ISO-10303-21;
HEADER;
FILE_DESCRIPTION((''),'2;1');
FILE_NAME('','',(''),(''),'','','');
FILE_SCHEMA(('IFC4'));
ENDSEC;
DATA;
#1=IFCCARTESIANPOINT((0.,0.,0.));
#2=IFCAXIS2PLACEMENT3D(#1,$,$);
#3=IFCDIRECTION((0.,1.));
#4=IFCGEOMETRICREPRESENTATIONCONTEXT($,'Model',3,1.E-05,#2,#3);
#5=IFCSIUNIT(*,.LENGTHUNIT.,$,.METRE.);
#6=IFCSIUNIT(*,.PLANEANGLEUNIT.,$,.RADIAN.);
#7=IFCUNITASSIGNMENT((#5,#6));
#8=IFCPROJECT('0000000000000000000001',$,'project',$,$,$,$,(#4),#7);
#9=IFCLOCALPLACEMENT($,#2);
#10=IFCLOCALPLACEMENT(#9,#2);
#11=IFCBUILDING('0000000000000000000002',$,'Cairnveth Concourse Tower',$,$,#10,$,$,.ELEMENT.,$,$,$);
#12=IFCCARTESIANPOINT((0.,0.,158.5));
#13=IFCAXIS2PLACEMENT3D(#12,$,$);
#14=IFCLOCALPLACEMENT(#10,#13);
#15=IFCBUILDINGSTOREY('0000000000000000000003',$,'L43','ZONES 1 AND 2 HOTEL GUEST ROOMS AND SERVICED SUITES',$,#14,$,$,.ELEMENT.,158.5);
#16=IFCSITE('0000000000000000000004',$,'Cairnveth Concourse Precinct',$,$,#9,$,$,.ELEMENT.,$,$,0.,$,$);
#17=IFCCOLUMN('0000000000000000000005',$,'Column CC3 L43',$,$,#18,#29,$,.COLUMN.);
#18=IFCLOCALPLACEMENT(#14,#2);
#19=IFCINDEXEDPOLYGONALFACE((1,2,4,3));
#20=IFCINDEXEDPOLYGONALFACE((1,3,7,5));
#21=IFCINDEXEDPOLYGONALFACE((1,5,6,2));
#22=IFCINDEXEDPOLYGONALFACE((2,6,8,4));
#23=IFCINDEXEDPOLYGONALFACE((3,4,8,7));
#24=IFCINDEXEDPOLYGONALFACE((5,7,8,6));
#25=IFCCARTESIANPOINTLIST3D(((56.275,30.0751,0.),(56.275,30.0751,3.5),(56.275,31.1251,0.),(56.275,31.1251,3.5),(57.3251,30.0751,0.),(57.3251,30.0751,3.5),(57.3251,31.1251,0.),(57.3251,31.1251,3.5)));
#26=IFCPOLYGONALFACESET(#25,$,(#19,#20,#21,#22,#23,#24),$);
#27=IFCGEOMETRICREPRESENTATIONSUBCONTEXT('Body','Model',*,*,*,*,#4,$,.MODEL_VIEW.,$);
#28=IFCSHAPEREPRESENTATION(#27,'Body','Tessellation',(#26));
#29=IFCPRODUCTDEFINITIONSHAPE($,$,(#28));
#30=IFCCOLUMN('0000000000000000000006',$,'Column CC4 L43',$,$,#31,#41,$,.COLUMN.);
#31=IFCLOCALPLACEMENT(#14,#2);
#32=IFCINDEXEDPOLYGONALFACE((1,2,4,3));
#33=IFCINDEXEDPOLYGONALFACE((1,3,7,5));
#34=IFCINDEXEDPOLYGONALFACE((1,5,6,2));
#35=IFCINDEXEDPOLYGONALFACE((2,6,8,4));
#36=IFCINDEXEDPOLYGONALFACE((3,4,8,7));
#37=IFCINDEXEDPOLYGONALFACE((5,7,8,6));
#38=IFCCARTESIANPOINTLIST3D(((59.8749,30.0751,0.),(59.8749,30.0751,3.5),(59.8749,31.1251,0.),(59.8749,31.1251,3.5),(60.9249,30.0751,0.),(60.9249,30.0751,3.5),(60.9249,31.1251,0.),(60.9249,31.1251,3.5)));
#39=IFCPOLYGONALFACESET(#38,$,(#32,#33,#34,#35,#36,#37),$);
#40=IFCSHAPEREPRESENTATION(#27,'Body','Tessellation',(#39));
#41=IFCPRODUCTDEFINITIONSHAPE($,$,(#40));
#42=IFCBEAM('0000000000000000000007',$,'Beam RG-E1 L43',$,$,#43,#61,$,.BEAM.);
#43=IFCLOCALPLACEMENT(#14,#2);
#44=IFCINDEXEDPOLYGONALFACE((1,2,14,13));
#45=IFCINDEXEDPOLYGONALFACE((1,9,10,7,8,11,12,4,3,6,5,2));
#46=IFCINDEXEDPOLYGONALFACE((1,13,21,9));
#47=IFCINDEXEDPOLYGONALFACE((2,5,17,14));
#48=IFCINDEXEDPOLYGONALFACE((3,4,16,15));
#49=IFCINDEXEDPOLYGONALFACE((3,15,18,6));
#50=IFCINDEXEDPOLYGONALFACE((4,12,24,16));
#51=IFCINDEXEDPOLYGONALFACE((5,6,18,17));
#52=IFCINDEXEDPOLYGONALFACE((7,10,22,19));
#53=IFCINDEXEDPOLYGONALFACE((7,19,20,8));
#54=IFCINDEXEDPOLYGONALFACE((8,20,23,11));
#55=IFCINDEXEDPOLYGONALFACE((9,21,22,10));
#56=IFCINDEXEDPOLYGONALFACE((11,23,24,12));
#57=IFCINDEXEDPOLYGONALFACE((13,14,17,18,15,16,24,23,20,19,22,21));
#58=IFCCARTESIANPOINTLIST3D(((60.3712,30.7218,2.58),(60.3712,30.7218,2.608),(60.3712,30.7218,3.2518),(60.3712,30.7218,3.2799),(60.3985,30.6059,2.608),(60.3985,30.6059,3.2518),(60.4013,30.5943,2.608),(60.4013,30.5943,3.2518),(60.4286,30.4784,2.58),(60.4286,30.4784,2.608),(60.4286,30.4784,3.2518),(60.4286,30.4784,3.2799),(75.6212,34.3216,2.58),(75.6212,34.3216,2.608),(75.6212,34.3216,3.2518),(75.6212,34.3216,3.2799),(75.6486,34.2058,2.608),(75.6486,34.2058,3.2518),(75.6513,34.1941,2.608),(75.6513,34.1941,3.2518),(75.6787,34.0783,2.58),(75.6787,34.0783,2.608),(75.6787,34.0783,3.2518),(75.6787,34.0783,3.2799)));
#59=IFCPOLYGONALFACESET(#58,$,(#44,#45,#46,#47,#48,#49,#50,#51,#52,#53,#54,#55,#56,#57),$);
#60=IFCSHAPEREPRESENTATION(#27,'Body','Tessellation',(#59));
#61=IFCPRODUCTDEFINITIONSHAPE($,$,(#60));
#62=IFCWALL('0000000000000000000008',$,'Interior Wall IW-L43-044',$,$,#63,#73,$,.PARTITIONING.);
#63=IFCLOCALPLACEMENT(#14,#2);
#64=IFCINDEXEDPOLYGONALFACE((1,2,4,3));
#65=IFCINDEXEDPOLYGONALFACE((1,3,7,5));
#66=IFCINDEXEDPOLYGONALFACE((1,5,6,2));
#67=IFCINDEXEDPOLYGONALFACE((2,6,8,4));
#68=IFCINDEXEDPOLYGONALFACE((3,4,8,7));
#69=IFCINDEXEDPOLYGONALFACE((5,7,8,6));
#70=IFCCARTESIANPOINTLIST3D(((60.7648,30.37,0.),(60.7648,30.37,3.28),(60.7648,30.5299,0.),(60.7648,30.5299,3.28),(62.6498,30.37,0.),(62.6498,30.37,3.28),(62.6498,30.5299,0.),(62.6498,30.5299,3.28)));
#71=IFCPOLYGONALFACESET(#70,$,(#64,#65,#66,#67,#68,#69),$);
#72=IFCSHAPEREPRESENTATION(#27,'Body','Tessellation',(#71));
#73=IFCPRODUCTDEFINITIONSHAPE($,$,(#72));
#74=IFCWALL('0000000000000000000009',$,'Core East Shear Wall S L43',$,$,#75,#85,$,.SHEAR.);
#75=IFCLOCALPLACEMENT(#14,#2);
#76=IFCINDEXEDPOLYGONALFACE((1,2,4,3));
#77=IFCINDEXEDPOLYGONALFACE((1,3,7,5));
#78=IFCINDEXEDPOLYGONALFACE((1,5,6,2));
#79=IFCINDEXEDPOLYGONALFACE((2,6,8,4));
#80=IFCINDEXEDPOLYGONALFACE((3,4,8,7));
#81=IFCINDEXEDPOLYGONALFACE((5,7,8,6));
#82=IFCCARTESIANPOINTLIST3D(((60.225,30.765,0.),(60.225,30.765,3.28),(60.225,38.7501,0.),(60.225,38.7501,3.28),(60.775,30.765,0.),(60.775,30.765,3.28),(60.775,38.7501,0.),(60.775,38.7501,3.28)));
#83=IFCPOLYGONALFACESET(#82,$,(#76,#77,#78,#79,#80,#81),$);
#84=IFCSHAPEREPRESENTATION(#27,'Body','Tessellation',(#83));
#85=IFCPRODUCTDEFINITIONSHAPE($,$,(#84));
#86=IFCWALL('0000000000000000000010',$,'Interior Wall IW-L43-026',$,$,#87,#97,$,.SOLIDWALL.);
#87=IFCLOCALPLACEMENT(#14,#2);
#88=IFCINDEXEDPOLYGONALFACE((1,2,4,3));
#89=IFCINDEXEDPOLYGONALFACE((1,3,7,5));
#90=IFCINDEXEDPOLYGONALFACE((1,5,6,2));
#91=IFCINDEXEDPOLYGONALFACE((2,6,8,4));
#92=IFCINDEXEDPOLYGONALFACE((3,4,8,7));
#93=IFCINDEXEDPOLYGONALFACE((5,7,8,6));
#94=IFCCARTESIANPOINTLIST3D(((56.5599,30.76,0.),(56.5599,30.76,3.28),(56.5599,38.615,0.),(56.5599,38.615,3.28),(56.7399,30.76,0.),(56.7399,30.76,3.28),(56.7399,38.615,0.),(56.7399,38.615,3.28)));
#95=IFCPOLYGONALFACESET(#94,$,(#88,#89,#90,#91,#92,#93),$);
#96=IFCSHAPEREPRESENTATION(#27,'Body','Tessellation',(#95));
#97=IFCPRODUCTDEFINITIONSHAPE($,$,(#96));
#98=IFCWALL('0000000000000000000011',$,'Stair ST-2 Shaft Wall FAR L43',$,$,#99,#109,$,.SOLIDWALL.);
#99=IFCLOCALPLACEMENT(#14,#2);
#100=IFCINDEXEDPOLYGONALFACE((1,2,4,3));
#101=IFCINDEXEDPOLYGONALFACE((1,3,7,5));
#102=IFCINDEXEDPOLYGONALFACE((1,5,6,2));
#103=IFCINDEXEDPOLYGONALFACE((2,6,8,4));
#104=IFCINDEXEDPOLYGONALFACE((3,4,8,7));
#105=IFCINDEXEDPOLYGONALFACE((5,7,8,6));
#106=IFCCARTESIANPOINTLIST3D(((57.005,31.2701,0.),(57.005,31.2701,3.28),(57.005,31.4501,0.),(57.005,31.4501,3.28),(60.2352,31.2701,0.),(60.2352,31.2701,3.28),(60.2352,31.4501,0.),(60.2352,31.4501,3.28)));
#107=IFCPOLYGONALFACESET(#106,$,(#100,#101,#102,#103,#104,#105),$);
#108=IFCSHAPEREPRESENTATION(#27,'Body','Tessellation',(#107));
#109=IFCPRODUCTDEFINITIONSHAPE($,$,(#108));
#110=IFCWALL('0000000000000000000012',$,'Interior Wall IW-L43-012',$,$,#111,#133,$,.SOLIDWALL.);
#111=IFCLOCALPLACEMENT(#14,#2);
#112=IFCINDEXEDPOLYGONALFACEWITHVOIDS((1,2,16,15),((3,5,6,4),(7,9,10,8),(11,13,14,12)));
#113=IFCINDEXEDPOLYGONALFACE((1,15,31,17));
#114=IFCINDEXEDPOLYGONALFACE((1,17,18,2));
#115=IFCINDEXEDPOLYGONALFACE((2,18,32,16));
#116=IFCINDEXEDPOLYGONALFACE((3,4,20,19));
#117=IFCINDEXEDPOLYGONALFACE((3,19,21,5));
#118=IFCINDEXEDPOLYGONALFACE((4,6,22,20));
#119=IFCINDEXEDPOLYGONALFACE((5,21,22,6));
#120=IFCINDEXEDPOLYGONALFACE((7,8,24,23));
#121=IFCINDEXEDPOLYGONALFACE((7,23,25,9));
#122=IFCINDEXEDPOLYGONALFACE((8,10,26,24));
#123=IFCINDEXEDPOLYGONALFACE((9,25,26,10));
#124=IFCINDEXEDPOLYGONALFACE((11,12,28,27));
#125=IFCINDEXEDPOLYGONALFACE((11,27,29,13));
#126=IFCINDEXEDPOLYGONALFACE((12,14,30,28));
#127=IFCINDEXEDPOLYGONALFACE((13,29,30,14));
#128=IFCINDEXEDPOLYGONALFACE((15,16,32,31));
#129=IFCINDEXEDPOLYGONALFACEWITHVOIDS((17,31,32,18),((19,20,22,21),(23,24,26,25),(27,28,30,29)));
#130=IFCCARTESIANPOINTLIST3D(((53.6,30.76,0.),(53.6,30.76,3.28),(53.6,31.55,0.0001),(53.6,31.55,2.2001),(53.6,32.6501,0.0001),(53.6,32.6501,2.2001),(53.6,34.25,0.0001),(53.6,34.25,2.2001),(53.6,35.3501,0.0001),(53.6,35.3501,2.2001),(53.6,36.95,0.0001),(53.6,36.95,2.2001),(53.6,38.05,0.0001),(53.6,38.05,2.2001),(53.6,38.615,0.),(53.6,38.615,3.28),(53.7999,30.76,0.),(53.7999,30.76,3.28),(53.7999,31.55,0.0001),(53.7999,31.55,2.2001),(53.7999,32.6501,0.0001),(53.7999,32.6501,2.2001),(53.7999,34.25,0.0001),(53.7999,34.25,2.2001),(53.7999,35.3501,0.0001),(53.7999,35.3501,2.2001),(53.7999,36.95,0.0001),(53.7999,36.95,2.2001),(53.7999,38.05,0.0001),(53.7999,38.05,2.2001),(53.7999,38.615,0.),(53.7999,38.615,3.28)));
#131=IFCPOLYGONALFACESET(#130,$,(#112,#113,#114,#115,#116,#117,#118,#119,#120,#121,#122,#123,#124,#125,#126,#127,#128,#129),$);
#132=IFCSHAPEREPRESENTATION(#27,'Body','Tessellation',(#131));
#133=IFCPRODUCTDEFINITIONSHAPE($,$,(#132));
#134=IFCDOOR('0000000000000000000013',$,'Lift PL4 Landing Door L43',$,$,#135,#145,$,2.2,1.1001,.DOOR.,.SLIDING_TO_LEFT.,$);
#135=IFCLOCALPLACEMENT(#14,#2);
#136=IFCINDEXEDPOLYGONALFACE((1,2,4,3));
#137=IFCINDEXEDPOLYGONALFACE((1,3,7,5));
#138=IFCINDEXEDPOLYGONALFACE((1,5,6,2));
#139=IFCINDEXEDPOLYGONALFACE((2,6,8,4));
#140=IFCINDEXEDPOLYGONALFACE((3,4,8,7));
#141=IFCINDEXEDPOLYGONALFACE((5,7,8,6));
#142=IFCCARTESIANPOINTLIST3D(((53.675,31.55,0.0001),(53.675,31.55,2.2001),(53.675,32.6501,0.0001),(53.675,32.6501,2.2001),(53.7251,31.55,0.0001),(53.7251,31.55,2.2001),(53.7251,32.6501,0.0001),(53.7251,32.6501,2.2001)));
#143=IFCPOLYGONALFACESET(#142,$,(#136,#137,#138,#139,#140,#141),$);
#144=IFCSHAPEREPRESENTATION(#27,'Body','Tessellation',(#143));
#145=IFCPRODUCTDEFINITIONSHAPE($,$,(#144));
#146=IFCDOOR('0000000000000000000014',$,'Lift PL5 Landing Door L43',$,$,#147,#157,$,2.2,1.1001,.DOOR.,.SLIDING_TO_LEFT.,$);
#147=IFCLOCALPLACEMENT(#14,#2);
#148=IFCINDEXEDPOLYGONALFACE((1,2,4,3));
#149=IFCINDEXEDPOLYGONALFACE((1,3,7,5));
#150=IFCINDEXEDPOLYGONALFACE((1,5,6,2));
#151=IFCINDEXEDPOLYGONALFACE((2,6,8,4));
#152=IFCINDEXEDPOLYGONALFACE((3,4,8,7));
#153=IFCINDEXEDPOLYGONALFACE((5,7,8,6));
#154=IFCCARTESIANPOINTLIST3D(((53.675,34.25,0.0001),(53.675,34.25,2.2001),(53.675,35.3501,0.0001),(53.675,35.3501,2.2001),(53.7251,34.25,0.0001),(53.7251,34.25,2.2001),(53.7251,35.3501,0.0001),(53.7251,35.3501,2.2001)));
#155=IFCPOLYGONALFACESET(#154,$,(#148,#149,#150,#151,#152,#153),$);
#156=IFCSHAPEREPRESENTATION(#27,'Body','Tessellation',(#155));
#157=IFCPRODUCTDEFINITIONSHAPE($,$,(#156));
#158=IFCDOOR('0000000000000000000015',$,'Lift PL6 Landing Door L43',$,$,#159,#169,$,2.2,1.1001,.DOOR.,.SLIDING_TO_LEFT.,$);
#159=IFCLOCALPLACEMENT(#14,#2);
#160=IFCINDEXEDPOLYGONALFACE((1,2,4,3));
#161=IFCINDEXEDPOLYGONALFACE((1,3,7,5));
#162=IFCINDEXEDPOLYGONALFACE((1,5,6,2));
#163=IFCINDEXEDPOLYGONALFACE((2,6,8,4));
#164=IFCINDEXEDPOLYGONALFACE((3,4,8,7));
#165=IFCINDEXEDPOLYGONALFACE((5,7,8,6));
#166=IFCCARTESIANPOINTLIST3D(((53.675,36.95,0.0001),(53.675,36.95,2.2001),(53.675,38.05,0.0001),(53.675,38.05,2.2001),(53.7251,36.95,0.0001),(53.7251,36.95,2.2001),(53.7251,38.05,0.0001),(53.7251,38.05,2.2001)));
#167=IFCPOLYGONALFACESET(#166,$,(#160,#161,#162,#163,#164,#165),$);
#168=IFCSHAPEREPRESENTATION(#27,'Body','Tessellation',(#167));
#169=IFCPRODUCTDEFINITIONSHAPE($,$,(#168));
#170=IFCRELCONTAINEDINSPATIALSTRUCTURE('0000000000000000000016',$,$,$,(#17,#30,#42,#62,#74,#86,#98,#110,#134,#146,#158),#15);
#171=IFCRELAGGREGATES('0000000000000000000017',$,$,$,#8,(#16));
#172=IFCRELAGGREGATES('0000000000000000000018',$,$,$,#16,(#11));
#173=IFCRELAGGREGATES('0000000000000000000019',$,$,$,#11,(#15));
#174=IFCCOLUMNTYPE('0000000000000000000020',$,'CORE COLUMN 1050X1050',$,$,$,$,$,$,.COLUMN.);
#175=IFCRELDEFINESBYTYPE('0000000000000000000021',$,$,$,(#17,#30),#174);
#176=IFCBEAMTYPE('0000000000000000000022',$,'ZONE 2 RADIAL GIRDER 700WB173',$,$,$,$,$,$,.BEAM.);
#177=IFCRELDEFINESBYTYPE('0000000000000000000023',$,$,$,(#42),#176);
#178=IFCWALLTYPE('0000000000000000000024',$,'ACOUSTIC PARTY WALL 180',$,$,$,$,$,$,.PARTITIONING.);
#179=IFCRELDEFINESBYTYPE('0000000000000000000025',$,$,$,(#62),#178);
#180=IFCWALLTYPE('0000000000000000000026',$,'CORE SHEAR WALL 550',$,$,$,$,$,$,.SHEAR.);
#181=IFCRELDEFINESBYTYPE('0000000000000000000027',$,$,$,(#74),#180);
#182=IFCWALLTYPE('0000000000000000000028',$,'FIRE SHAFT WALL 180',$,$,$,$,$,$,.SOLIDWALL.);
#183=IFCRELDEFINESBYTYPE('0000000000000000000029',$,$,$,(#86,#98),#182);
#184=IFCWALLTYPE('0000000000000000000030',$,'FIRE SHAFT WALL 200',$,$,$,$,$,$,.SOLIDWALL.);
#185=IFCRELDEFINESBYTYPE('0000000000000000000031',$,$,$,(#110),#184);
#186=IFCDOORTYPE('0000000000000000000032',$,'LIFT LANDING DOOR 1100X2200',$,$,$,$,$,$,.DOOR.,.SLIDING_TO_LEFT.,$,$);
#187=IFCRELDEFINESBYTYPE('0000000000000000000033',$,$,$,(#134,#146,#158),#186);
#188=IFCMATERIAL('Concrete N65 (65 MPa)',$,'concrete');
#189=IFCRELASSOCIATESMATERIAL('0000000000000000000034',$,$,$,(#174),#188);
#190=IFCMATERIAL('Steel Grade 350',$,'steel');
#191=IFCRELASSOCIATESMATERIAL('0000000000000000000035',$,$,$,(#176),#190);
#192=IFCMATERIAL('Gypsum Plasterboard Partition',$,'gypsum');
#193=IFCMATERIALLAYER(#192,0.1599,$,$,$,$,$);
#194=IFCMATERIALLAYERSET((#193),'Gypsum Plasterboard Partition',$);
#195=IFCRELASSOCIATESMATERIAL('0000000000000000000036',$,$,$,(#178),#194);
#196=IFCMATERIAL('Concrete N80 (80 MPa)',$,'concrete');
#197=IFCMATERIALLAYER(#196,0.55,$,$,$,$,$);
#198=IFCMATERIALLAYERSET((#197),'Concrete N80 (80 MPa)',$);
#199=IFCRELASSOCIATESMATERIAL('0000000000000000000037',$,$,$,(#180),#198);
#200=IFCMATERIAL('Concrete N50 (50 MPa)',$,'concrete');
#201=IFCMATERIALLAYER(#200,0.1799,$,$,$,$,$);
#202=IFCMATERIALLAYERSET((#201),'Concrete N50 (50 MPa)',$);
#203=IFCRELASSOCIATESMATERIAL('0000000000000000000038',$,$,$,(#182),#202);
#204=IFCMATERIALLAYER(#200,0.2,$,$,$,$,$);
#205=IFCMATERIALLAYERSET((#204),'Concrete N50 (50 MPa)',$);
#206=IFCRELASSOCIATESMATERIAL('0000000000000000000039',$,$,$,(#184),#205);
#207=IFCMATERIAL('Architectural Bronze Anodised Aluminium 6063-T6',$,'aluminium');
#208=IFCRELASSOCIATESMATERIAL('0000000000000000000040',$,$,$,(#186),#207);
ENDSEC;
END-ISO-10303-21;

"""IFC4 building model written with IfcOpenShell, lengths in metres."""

from ifc_helpers import new_model, si_unit, direction, frame, frame_2d, origin, origin_2d, place, context, subcontext, project, spatial, rectangle, i_section, extrude, material, layer, layer_set, material_profile, profile_set, type_object, element, fill, save


model = new_model("IFC4")

# Units and contexts
model_context = context("Model", 3, precision=1e-05, world=origin(), true_north=direction((0.0, 1.0)))
body_context = subcontext(model_context, "Body", "Model", "MODEL_VIEW")
ifc_project = project(units=[si_unit("LENGTHUNIT", "METRE"), si_unit("PLANEANGLEUNIT", "RADIAN")], contexts=[model_context])

# Site, building, storey
site_placement = place(None, origin())
site = spatial("IfcSite", under=ifc_project, at=site_placement, Name="Cairnveth Concourse Precinct", CompositionType="ELEMENT", RefElevation=0.0)
building_placement = place(site_placement, origin())
building = spatial("IfcBuilding", under=site, at=building_placement, Name="Cairnveth Concourse Tower", CompositionType="ELEMENT")
storey_placement = place(building_placement, frame((0.0, 0.0, 158.5)))
storey = spatial("IfcBuildingStorey", under=building, at=storey_placement, Name="L43", Description="ZONES 1 AND 2 HOTEL GUEST ROOMS AND SERVICED SUITES", CompositionType="ELEMENT", Elevation=158.5)

# Columns
ifc_material_1 = material(Name="Concrete N65 (65 MPa)", Category="concrete")
ifc_material_profile_1 = material_profile(ifc_material_1, rectangle(XDim=1.05, YDim=1.05, at=origin_2d()), Name="RC-COL-1050x1050")
ifc_profile_set_1 = profile_set([ifc_material_profile_1], Name="Concrete N65 (65 MPa)")
column_type = type_object("IfcColumnType", Name="CORE COLUMN 1050X1050", PredefinedType="COLUMN", material=ifc_profile_set_1)
for number, where, z_axis, x_axis, name in (
    (1, (56.8, 30.6001, 0.0), (0.0, 0.0, 1.0), (1.0, 0.0, 0.0), "Column CC3 L43"),
    (2, (60.3999, 30.6001, 0.0), (0.0, 0.0, 1.0), (1.0, 0.0, 0.0), "Column CC4 L43"),
):
    element("IfcColumn", number, at=place(storey_placement, frame(where, z_axis=z_axis, x_axis=x_axis)), inside=storey, type_object=column_type, Name=name, PredefinedType="COLUMN", context=body_context, shape_type="SweptSolid", body=[
        extrude(rectangle(XDim=1.05, YDim=1.05, at=origin_2d()), origin(), (0.0, 0.0, 1.0), 3.5),
    ])

# Beam
ifc_material_2 = material(Name="Steel Grade 350", Category="steel")
ifc_material_profile_2 = material_profile(ifc_material_2, i_section(OverallWidth=0.25, OverallDepth=0.7, WebThickness=0.012, FlangeThickness=0.0281, at=origin_2d()), Name="700WB173")
ifc_profile_set_2 = profile_set([ifc_material_profile_2], Name="Steel Grade 350")
beam_type = type_object("IfcBeamType", Name="ZONE 2 RADIAL GIRDER 700WB173", PredefinedType="BEAM", material=ifc_profile_set_2)
beam_placement = place(storey_placement, frame((60.3999, 30.6001, 2.9299), z_axis=(0.973252, 0.229742, 0.0), x_axis=(-0.229742, 0.973252, 0.0)))
element("IfcBeam", 3, at=beam_placement, inside=storey, type_object=beam_type, Name="Beam RG-E1 L43", PredefinedType="BEAM", context=body_context, shape_type="SweptSolid", body=[
    extrude(i_section(OverallWidth=0.25, OverallDepth=0.7, WebThickness=0.012, FlangeThickness=0.0281, at=origin_2d()), origin(), (0.0, 0.0, 1.0), 15.6692),
])

# Walls
ifc_material_3 = material(Name="Gypsum Plasterboard Partition", Category="gypsum")
ifc_layer_1 = layer(ifc_material_3, 0.1599)
ifc_layer_set_1 = layer_set([ifc_layer_1], Name="Gypsum Plasterboard Partition")
wall_type_1 = type_object("IfcWallType", Name="ACOUSTIC PARTY WALL 180", PredefinedType="PARTITIONING", material=ifc_layer_set_1)
wall_1_placement = place(storey_placement, frame((60.7649, 30.45, 0.0), z_axis=(0.0, 0.0, 1.0), x_axis=(1.0, 0.0, 0.0)))
element("IfcWall", 4, at=wall_1_placement, inside=storey, type_object=wall_type_1, Name="Interior Wall IW-L43-044", PredefinedType="PARTITIONING", context=body_context, shape_type="SweptSolid", body=[
    extrude(rectangle(XDim=1.885, YDim=0.1599, at=frame_2d((0.9424, 0.0))), origin(), (0.0, 0.0, 1.0), 3.28),
])
ifc_material_4 = material(Name="Concrete N80 (80 MPa)", Category="concrete")
ifc_layer_2 = layer(ifc_material_4, 0.55)
ifc_layer_set_2 = layer_set([ifc_layer_2], Name="Concrete N80 (80 MPa)")
wall_type_2 = type_object("IfcWallType", Name="CORE SHEAR WALL 550", PredefinedType="SHEAR", material=ifc_layer_set_2)
wall_2_placement = place(storey_placement, frame((60.5, 30.7649, 0.0), z_axis=(0.0, 0.0, 1.0), x_axis=(0.0, 1.0, 0.0)))
element("IfcWall", 5, at=wall_2_placement, inside=storey, type_object=wall_type_2, Name="Core East Shear Wall S L43", PredefinedType="SHEAR", context=body_context, shape_type="SweptSolid", body=[
    extrude(rectangle(XDim=7.9851, YDim=0.55, at=frame_2d((3.9927, 0.0))), origin(), (0.0, 0.0, 1.0), 3.28),
])
ifc_material_5 = material(Name="Concrete N50 (50 MPa)", Category="concrete")
ifc_layer_3 = layer(ifc_material_5, 0.1799)
ifc_layer_set_3 = layer_set([ifc_layer_3], Name="Concrete N50 (50 MPa)")
wall_type_3 = type_object("IfcWallType", Name="FIRE SHAFT WALL 180", PredefinedType="SOLIDWALL", material=ifc_layer_set_3)
wall_3_placement = place(storey_placement, frame((56.6499, 30.76, 0.0), z_axis=(0.0, 0.0, 1.0), x_axis=(0.0, 1.0, 0.0)))
element("IfcWall", 6, at=wall_3_placement, inside=storey, type_object=wall_type_3, Name="Interior Wall IW-L43-026", PredefinedType="SOLIDWALL", context=body_context, shape_type="SweptSolid", body=[
    extrude(rectangle(XDim=7.855, YDim=0.1799, at=frame_2d((3.9275, 0.0))), origin(), (0.0, 0.0, 1.0), 3.28),
])
wall_4_placement = place(storey_placement, frame((57.0049, 31.3601, 0.0), z_axis=(0.0, 0.0, 1.0), x_axis=(1.0, 0.0, 0.0)))
element("IfcWall", 7, at=wall_4_placement, inside=storey, type_object=wall_type_3, Name="Stair ST-2 Shaft Wall FAR L43", PredefinedType="SOLIDWALL", context=body_context, shape_type="SweptSolid", body=[
    extrude(rectangle(XDim=3.2302, YDim=0.1799, at=frame_2d((1.6152, 0.0))), origin(), (0.0, 0.0, 1.0), 3.28),
])

# Wall, openings, doors
ifc_layer_4 = layer(ifc_material_5, 0.2)
ifc_layer_set_4 = layer_set([ifc_layer_4], Name="Concrete N50 (50 MPa)")
wall_type_4 = type_object("IfcWallType", Name="FIRE SHAFT WALL 200", PredefinedType="SOLIDWALL", material=ifc_layer_set_4)
wall_5_placement = place(storey_placement, frame((53.7, 30.76, 0.0), z_axis=(0.0, 0.0, 1.0), x_axis=(0.0, 1.0, 0.0)))
wall_5 = element("IfcWall", 8, at=wall_5_placement, inside=storey, type_object=wall_type_4, Name="Interior Wall IW-L43-012", PredefinedType="SOLIDWALL", context=body_context, shape_type="SweptSolid", body=[
    extrude(rectangle(XDim=7.855, YDim=0.2, at=frame_2d((3.9275, 0.0))), origin(), (0.0, 0.0, 1.0), 3.28),
])
opening_1_placement = place(wall_5_placement, frame((0.79, 0.0, 0.0)))
opening_1 = element("IfcOpeningElement", 9, at=opening_1_placement, cuts=wall_5, PredefinedType="OPENING", context=body_context, shape_type="SweptSolid", body=[
    extrude(rectangle(XDim=1.1001, YDim=2.2, at=frame_2d((0.55, 1.1001))), frame((0.0, 0.1099, 0.0), z_axis=(0.0, -1.0, 0.0), x_axis=(1.0, 0.0, 0.0)), (0.0, 0.0, 1.0), 0.22),
])
opening_2_placement = place(wall_5_placement, frame((3.49, 0.0, 0.0)))
opening_2 = element("IfcOpeningElement", 10, at=opening_2_placement, cuts=wall_5, PredefinedType="OPENING", context=body_context, shape_type="SweptSolid", body=[
    extrude(rectangle(XDim=1.1001, YDim=2.2, at=frame_2d((0.55, 1.1001))), frame((0.0, 0.1099, 0.0), z_axis=(0.0, -1.0, 0.0), x_axis=(1.0, 0.0, 0.0)), (0.0, 0.0, 1.0), 0.22),
])
opening_3_placement = place(wall_5_placement, frame((6.1899, 0.0, 0.0)))
opening_3 = element("IfcOpeningElement", 11, at=opening_3_placement, cuts=wall_5, PredefinedType="OPENING", context=body_context, shape_type="SweptSolid", body=[
    extrude(rectangle(XDim=1.1001, YDim=2.2, at=frame_2d((0.55, 1.1001))), frame((0.0, 0.1099, 0.0), z_axis=(0.0, -1.0, 0.0), x_axis=(1.0, 0.0, 0.0)), (0.0, 0.0, 1.0), 0.22),
])
ifc_material_6 = material(Name="Architectural Bronze Anodised Aluminium 6063-T6", Category="aluminium")
door_type_1 = type_object("IfcDoorType", Name="LIFT LANDING DOOR 1100X2200", OperationType="SLIDING_TO_LEFT", PredefinedType="DOOR", material=ifc_material_6)
door_1_placement = place(opening_1_placement, origin())
door_1 = element("IfcDoor", 12, at=door_1_placement, inside=storey, type_object=door_type_1, Name="Lift PL4 Landing Door L43", OperationType="SLIDING_TO_LEFT", OverallHeight=2.2, OverallWidth=1.1001, PredefinedType="DOOR", context=body_context, shape_type="SweptSolid", body=[
    extrude(rectangle(XDim=1.1001, YDim=2.2, at=frame_2d((0.55, 1.1001))), frame((0.0, 0.0249, 0.0), z_axis=(0.0, -1.0, 0.0), x_axis=(1.0, 0.0, 0.0)), (0.0, 0.0, 1.0), 0.05),
])
fill(opening_1, door_1)
door_2_placement = place(opening_2_placement, origin())
door_2 = element("IfcDoor", 13, at=door_2_placement, inside=storey, type_object=door_type_1, Name="Lift PL5 Landing Door L43", OperationType="SLIDING_TO_LEFT", OverallHeight=2.2, OverallWidth=1.1001, PredefinedType="DOOR", context=body_context, shape_type="SweptSolid", body=[
    extrude(rectangle(XDim=1.1001, YDim=2.2, at=frame_2d((0.55, 1.1001))), frame((0.0, 0.0249, 0.0), z_axis=(0.0, -1.0, 0.0), x_axis=(1.0, 0.0, 0.0)), (0.0, 0.0, 1.0), 0.05),
])
fill(opening_2, door_2)
door_3_placement = place(opening_3_placement, origin())
door_3 = element("IfcDoor", 14, at=door_3_placement, inside=storey, type_object=door_type_1, Name="Lift PL6 Landing Door L43", OperationType="SLIDING_TO_LEFT", OverallHeight=2.2, OverallWidth=1.1001, PredefinedType="DOOR", context=body_context, shape_type="SweptSolid", body=[
    extrude(rectangle(XDim=1.1001, YDim=2.2, at=frame_2d((0.55, 1.1001))), frame((0.0, 0.0249, 0.0), z_axis=(0.0, -1.0, 0.0), x_axis=(1.0, 0.0, 0.0)), (0.0, 0.0, 1.0), 0.05),
])
fill(opening_3, door_3)

save(model, "model.ifc")
